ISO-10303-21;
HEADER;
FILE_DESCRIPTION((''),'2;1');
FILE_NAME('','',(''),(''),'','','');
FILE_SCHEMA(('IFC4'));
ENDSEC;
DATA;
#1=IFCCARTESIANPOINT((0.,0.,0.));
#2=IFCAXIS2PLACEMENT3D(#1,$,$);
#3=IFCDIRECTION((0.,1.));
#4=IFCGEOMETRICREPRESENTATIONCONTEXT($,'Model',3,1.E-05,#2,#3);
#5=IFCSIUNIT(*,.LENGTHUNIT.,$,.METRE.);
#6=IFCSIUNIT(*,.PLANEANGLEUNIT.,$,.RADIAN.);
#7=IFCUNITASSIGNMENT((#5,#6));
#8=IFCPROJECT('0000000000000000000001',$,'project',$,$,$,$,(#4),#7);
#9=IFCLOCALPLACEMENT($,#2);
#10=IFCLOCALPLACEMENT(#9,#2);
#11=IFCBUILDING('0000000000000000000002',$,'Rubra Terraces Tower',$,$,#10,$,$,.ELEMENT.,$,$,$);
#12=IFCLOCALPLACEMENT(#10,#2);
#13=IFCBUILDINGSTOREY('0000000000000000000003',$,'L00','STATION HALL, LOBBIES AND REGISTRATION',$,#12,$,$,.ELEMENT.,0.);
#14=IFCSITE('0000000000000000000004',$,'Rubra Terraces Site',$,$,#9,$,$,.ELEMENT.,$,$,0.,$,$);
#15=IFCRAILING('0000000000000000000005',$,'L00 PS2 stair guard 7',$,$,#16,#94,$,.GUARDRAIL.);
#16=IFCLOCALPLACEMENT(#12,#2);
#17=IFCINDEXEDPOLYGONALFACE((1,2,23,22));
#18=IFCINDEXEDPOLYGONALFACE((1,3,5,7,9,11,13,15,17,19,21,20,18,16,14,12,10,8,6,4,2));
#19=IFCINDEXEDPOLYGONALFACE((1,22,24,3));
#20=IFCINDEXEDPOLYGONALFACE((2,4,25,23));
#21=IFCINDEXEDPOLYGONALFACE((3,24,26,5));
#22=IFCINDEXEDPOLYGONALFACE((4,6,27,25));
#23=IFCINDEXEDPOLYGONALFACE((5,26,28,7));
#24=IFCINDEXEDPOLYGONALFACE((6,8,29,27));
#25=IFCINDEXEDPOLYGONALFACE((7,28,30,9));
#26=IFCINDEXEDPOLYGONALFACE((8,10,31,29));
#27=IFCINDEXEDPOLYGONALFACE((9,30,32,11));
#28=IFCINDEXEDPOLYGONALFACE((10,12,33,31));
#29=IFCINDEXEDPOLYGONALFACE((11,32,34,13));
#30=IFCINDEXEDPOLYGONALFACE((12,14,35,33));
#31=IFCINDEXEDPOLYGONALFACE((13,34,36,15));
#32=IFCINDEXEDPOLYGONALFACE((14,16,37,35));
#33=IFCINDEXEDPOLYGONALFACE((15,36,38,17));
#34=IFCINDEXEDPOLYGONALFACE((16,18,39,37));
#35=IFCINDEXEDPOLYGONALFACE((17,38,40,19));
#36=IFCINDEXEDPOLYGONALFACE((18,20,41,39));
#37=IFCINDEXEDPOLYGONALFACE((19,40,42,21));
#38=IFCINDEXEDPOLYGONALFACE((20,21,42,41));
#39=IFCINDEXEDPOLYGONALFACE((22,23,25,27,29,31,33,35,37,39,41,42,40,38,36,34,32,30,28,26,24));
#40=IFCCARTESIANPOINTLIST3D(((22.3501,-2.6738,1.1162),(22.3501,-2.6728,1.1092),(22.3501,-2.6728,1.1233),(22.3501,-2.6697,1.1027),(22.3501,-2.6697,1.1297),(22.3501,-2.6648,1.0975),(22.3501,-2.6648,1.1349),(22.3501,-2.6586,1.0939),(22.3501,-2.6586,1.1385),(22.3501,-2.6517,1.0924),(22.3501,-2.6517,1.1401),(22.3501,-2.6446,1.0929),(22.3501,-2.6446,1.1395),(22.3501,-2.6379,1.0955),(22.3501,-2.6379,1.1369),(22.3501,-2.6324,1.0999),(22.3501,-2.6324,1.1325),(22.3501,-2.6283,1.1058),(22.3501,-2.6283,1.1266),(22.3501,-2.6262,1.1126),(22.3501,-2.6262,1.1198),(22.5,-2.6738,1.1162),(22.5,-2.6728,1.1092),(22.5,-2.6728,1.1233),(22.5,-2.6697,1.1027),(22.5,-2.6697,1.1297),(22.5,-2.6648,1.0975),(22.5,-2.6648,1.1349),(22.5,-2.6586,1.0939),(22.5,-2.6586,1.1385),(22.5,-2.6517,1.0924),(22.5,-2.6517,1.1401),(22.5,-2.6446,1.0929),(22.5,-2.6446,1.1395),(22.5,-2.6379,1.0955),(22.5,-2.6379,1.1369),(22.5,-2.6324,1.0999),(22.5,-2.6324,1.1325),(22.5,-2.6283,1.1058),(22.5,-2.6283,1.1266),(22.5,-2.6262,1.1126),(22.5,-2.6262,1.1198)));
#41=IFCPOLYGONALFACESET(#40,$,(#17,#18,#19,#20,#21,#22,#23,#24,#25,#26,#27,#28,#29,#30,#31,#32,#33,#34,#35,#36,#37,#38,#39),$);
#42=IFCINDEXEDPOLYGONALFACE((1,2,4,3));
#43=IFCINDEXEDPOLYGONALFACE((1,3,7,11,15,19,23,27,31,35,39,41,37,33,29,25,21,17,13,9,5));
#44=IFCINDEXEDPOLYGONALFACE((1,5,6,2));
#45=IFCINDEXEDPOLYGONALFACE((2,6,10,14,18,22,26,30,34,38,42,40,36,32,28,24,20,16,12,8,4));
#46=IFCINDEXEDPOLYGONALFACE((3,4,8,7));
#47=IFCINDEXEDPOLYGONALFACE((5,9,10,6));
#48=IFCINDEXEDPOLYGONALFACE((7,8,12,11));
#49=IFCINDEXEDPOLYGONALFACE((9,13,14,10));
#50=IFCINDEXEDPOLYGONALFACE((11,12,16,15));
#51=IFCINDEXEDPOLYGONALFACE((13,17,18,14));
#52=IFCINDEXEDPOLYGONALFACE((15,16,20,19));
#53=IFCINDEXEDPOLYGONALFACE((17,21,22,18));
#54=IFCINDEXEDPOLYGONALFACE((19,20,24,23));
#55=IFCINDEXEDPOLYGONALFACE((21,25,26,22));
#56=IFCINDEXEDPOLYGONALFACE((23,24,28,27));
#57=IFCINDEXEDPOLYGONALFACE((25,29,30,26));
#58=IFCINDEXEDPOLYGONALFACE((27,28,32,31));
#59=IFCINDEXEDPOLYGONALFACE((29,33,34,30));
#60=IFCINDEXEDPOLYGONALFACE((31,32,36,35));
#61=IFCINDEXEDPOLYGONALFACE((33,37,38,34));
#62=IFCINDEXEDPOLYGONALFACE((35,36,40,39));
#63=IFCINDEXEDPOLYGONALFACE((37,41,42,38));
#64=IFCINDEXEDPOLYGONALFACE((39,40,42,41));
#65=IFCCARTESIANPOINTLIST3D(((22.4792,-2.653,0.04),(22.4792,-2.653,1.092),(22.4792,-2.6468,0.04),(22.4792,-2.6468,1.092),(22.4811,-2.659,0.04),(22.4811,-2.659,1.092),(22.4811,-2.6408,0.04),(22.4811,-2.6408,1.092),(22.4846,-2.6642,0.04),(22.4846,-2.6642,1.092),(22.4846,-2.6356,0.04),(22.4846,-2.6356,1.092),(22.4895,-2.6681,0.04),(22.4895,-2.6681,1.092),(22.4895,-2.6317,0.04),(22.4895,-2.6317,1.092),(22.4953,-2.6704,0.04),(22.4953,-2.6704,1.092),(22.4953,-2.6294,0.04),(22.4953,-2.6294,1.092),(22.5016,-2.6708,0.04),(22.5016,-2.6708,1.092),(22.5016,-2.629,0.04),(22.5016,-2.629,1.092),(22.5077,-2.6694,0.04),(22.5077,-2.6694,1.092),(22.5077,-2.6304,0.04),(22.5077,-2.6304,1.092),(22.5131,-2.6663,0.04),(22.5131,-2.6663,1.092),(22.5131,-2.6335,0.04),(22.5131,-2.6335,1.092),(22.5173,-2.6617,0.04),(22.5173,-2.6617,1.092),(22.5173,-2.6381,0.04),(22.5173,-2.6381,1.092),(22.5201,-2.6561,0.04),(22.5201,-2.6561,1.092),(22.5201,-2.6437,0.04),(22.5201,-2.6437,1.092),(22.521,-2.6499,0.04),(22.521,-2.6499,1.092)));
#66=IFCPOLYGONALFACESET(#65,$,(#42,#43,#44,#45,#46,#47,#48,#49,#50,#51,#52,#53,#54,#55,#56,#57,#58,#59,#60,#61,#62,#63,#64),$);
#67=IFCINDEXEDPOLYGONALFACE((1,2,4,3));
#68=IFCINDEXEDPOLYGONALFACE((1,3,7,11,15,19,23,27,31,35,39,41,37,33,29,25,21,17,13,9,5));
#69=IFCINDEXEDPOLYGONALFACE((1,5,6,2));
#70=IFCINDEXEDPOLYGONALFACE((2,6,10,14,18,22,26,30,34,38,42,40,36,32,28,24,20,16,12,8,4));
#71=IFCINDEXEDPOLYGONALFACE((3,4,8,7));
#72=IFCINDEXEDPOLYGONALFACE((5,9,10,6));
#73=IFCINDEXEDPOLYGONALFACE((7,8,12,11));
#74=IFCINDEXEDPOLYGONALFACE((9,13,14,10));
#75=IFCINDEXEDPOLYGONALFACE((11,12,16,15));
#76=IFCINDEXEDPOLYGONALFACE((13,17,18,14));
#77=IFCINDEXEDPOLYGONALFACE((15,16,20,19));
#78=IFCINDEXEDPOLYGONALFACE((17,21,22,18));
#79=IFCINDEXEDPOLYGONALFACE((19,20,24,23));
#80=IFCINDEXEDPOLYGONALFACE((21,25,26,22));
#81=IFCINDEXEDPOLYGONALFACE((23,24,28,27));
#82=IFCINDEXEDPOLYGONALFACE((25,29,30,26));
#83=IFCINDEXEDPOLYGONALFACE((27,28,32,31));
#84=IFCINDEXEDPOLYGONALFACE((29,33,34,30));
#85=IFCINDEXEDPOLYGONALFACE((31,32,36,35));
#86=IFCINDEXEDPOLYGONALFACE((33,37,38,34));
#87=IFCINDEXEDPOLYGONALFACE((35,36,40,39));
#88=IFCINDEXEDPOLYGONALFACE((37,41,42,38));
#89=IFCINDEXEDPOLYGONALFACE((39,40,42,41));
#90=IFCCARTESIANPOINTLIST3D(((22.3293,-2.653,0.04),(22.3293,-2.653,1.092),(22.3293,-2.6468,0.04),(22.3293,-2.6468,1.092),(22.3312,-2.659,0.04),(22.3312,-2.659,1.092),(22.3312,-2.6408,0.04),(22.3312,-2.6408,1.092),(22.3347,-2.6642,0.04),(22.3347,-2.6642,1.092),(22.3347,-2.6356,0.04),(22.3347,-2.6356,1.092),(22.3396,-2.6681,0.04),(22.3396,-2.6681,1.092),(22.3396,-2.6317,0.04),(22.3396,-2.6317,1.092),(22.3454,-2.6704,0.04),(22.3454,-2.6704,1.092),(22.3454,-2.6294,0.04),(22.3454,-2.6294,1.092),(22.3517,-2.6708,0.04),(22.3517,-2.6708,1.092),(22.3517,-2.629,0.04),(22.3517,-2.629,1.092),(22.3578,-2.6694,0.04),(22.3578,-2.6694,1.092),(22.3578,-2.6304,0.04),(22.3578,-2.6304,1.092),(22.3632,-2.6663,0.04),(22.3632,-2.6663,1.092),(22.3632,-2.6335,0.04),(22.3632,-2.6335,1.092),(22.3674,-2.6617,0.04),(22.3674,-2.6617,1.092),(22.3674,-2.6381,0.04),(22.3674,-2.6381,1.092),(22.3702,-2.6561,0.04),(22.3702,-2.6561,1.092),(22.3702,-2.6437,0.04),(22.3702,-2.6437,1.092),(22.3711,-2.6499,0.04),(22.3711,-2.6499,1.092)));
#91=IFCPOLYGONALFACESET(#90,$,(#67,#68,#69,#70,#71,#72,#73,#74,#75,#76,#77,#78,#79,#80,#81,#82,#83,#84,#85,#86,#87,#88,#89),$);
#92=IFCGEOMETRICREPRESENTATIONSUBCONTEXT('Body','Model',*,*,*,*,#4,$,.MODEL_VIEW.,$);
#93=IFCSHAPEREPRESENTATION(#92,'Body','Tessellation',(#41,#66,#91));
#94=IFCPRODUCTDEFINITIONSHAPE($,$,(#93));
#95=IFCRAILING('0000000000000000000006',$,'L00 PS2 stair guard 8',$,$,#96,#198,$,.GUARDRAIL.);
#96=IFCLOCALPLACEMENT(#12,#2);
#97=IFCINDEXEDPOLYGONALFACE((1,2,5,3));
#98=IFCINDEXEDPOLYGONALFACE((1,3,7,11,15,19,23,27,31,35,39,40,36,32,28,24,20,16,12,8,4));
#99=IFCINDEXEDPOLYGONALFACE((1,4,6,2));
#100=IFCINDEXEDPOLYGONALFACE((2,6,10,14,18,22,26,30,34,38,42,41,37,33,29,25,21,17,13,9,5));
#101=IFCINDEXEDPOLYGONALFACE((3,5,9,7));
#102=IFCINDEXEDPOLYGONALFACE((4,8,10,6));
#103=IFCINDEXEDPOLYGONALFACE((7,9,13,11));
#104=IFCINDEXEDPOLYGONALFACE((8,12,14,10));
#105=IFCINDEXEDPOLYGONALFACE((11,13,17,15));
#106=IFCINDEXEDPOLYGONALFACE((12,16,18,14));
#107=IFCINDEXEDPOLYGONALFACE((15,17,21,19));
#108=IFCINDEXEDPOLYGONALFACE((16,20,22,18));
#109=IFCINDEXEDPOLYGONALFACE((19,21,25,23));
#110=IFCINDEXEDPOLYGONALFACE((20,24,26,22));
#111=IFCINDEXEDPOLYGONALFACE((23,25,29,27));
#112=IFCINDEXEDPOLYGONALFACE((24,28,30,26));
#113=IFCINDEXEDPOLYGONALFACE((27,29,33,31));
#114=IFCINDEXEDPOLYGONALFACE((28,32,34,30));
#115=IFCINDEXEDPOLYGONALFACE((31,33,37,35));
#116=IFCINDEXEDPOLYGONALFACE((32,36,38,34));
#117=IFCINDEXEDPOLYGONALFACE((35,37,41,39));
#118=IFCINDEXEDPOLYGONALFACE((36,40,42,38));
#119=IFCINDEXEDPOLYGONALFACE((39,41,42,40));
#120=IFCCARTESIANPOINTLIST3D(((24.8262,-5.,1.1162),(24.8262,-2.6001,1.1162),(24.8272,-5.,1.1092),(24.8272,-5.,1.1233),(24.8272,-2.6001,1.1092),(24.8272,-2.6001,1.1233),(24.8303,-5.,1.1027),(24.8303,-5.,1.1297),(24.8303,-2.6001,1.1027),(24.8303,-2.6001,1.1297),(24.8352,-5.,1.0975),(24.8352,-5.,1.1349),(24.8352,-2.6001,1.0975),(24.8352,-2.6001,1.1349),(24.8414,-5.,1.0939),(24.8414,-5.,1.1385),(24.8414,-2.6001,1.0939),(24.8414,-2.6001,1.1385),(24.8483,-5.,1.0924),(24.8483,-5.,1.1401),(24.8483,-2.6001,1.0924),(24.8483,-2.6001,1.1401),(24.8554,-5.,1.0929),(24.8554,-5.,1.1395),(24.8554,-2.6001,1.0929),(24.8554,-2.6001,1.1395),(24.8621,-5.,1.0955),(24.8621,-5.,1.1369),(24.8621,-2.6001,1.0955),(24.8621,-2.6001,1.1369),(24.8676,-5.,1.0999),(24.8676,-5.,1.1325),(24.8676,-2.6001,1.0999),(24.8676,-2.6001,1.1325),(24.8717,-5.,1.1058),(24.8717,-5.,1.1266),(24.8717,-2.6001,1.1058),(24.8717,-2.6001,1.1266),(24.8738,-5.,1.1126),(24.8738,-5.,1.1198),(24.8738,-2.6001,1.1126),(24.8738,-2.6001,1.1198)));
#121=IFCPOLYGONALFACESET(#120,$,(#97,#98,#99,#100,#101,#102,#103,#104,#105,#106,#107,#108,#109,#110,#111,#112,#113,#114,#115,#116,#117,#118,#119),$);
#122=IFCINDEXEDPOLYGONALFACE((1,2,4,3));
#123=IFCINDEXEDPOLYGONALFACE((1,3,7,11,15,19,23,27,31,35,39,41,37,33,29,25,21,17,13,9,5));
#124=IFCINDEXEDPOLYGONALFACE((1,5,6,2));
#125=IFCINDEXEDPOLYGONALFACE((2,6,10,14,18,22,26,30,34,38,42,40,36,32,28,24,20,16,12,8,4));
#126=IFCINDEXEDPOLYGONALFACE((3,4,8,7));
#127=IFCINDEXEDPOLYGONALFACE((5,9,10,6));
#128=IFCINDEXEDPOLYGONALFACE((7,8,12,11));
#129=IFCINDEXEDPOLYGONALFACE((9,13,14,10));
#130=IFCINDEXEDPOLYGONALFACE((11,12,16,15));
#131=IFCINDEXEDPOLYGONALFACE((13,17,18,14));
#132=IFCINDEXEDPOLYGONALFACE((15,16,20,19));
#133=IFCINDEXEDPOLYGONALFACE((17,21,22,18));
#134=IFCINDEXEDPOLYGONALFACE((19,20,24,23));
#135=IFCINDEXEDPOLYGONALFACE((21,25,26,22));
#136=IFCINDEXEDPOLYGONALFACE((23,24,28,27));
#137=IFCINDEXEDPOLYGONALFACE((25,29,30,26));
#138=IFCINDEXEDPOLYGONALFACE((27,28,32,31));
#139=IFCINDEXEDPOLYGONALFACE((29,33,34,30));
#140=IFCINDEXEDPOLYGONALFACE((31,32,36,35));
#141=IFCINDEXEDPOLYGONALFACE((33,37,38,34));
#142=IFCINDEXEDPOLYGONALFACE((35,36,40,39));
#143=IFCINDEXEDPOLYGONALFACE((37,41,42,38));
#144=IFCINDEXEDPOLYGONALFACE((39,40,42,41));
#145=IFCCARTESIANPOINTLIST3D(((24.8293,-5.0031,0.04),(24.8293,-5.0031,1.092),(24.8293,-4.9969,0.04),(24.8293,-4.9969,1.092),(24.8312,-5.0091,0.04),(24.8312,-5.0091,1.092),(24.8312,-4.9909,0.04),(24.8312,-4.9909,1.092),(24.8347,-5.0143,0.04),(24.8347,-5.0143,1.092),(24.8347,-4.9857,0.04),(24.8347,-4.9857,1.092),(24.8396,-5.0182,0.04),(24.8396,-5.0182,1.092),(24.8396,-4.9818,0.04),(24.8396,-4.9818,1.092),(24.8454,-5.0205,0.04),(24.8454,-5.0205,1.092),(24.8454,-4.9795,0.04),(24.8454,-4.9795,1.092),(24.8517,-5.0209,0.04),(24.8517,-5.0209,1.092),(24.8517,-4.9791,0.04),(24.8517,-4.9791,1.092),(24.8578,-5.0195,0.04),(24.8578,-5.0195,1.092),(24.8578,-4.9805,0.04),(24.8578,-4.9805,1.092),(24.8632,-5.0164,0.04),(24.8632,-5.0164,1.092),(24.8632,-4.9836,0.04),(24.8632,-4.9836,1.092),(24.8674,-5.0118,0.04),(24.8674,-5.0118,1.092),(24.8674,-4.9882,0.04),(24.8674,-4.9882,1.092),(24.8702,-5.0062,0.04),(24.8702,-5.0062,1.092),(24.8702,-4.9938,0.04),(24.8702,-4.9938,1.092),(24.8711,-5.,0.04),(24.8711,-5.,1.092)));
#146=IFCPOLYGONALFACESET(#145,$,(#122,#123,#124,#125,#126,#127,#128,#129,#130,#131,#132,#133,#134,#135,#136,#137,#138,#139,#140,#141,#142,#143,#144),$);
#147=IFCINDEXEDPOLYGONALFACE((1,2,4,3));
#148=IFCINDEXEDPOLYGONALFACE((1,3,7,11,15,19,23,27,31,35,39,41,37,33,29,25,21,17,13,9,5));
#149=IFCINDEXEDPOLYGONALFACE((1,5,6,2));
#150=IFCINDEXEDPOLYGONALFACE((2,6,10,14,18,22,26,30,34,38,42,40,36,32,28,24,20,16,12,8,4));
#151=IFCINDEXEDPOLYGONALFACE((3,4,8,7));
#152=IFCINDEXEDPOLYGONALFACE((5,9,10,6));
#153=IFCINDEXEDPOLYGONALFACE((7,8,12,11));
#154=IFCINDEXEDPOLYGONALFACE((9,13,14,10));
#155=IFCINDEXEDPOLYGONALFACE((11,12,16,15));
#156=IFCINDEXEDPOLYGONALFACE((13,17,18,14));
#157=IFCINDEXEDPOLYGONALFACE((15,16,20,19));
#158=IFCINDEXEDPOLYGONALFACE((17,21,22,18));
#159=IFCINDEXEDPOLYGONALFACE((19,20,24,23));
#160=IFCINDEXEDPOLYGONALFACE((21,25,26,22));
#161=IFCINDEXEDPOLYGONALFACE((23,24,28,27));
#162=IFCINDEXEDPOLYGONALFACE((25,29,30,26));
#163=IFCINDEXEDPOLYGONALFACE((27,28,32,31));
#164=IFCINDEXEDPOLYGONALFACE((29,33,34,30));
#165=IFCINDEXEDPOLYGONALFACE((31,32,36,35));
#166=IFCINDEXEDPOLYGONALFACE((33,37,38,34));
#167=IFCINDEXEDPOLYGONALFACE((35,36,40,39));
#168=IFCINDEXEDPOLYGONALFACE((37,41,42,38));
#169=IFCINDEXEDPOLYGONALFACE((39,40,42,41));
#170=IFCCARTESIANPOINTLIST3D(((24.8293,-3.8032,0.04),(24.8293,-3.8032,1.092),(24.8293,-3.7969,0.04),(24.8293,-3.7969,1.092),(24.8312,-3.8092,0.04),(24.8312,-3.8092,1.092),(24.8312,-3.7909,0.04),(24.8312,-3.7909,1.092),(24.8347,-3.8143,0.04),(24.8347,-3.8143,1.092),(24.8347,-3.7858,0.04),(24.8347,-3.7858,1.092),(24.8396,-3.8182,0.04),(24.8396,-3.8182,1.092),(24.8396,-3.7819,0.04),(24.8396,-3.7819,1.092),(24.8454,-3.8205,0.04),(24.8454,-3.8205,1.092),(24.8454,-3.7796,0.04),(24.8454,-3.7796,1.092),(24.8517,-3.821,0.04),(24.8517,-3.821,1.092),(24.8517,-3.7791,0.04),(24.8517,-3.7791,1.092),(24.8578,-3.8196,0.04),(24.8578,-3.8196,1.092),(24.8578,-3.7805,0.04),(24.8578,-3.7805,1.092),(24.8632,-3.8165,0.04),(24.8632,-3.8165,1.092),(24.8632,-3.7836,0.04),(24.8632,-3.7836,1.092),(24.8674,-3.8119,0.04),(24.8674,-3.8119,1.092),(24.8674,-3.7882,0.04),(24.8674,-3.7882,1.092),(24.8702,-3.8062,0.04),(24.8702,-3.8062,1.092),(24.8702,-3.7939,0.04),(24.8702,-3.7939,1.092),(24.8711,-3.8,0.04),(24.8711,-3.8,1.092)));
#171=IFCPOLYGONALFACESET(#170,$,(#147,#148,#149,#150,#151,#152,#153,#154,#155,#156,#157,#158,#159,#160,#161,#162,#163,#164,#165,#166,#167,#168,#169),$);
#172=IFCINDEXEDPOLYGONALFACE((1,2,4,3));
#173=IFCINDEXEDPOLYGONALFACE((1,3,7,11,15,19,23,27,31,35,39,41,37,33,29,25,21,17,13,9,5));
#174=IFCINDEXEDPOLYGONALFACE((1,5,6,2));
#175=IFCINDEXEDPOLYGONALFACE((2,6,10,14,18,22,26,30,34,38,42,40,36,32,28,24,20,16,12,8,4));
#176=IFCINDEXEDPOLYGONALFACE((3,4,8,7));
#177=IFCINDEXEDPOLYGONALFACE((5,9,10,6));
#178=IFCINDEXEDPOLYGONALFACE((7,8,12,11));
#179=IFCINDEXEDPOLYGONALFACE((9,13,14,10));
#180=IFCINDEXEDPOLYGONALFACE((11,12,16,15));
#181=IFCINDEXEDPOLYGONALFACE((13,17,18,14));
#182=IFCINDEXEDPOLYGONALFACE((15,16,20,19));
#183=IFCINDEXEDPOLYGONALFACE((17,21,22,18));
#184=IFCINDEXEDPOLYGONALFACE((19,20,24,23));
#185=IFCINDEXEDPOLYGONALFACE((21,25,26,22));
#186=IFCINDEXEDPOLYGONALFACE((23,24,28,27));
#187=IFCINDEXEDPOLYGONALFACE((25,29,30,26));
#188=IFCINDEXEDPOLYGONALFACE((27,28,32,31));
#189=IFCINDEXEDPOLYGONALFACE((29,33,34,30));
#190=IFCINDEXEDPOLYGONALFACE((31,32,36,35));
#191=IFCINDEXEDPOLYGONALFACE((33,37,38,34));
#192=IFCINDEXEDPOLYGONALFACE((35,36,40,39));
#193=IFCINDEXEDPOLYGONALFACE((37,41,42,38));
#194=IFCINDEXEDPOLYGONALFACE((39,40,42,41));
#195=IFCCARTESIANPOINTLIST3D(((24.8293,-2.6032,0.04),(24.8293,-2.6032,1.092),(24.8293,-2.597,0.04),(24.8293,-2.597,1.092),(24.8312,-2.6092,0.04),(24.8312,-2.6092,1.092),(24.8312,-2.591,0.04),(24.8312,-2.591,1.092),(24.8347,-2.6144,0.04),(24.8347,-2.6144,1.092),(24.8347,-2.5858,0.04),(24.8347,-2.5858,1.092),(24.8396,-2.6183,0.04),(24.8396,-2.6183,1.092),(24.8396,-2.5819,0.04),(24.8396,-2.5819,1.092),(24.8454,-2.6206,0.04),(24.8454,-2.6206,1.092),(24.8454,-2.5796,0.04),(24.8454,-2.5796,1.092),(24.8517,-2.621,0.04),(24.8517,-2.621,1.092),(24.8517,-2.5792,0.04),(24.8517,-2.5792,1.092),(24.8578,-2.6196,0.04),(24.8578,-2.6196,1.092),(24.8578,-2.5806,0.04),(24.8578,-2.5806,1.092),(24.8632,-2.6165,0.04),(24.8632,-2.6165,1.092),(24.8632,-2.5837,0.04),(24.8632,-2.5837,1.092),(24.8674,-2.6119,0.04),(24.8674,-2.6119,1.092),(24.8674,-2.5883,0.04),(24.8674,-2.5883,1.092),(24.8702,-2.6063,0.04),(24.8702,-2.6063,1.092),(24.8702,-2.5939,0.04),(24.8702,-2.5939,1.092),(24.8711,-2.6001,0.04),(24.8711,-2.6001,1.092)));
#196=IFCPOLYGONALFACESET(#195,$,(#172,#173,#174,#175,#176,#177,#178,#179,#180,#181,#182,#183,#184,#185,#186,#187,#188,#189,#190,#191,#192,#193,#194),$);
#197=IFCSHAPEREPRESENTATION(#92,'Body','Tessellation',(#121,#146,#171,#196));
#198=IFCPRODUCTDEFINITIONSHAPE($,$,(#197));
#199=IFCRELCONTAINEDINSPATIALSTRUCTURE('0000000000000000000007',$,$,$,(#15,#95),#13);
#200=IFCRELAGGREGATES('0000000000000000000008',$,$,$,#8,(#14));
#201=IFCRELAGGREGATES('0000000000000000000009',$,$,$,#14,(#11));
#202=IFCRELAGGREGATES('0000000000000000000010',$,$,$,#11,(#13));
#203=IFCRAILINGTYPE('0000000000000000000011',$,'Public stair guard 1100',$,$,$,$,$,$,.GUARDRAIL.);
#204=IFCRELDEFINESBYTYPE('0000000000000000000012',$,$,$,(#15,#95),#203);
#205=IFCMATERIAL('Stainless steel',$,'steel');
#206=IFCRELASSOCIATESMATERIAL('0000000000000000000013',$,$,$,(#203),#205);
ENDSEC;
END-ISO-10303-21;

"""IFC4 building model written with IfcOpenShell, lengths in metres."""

from ifc_helpers import new_model, si_unit, direction, frame, origin, origin_2d, place, context, subcontext, project, spatial, circle, extrude, material, type_object, element, save


model = new_model("IFC4")

# Units and contexts
model_context = context("Model", 3, precision=1e-05, world=origin(), true_north=direction((0.0, 1.0)))
body_context = subcontext(model_context, "Body", "Model", "MODEL_VIEW")
ifc_project = project(units=[si_unit("LENGTHUNIT", "METRE"), si_unit("PLANEANGLEUNIT", "RADIAN")], contexts=[model_context])

# Site, building, storey
site_placement = place(None, origin())
site = spatial("IfcSite", under=ifc_project, at=site_placement, Name="Rubra Terraces Site", CompositionType="ELEMENT", RefElevation=0.0)
building_placement = place(site_placement, origin())
building = spatial("IfcBuilding", under=site, at=building_placement, Name="Rubra Terraces Tower", CompositionType="ELEMENT")
storey_placement = place(building_placement, origin())
storey = spatial("IfcBuildingStorey", under=building, at=storey_placement, Name="L00", Description="STATION HALL, LOBBIES AND REGISTRATION", CompositionType="ELEMENT", Elevation=0.0)

# Railings
ifc_material_1 = material(Name="Stainless steel", Category="steel")
railing_type_1 = type_object("IfcRailingType", Name="Public stair guard 1100", PredefinedType="GUARDRAIL", material=ifc_material_1)
railing_1_placement = place(storey_placement, frame((22.5, -2.6499, 0.04)))
element("IfcRailing", 1, at=railing_1_placement, inside=storey, type_object=railing_type_1, Name="L00 PS2 stair guard 7", PredefinedType="GUARDRAIL", context=body_context, shape_type="SweptSolid", body=[
    extrude(circle(Radius=0.0239, at=origin_2d()), frame((0.0, 0.0, 1.0762), z_axis=(-1.0, 0.0, 0.0), x_axis=(0.0, -1.0, 0.0)), (0.0, 0.0, 1.0), 0.1499),
    extrude(circle(Radius=0.021, at=origin_2d()), origin(), (0.0, 0.0, 1.0), 1.052),
    extrude(circle(Radius=0.021, at=origin_2d()), frame((-0.1499, 0.0, 0.0)), (0.0, 0.0, 1.0), 1.052),
])
railing_2_placement = place(storey_placement, frame((24.8501, -5.0, 0.04)))
element("IfcRailing", 2, at=railing_2_placement, inside=storey, type_object=railing_type_1, Name="L00 PS2 stair guard 8", PredefinedType="GUARDRAIL", context=body_context, shape_type="SweptSolid", body=[
    extrude(circle(Radius=0.0239, at=origin_2d()), frame((0.0, 0.0, 1.0762), z_axis=(0.0, 1.0, 0.0), x_axis=(-1.0, 0.0, 0.0)), (0.0, 0.0, 1.0), 2.3999),
    extrude(circle(Radius=0.021, at=origin_2d()), origin(), (0.0, 0.0, 1.0), 1.052),
    extrude(circle(Radius=0.021, at=origin_2d()), frame((0.0, 1.2, 0.0)), (0.0, 0.0, 1.0), 1.052),
    extrude(circle(Radius=0.021, at=origin_2d()), frame((0.0, 2.3999, 0.0)), (0.0, 0.0, 1.0), 1.052),
])

save(model, "model.ifc")
